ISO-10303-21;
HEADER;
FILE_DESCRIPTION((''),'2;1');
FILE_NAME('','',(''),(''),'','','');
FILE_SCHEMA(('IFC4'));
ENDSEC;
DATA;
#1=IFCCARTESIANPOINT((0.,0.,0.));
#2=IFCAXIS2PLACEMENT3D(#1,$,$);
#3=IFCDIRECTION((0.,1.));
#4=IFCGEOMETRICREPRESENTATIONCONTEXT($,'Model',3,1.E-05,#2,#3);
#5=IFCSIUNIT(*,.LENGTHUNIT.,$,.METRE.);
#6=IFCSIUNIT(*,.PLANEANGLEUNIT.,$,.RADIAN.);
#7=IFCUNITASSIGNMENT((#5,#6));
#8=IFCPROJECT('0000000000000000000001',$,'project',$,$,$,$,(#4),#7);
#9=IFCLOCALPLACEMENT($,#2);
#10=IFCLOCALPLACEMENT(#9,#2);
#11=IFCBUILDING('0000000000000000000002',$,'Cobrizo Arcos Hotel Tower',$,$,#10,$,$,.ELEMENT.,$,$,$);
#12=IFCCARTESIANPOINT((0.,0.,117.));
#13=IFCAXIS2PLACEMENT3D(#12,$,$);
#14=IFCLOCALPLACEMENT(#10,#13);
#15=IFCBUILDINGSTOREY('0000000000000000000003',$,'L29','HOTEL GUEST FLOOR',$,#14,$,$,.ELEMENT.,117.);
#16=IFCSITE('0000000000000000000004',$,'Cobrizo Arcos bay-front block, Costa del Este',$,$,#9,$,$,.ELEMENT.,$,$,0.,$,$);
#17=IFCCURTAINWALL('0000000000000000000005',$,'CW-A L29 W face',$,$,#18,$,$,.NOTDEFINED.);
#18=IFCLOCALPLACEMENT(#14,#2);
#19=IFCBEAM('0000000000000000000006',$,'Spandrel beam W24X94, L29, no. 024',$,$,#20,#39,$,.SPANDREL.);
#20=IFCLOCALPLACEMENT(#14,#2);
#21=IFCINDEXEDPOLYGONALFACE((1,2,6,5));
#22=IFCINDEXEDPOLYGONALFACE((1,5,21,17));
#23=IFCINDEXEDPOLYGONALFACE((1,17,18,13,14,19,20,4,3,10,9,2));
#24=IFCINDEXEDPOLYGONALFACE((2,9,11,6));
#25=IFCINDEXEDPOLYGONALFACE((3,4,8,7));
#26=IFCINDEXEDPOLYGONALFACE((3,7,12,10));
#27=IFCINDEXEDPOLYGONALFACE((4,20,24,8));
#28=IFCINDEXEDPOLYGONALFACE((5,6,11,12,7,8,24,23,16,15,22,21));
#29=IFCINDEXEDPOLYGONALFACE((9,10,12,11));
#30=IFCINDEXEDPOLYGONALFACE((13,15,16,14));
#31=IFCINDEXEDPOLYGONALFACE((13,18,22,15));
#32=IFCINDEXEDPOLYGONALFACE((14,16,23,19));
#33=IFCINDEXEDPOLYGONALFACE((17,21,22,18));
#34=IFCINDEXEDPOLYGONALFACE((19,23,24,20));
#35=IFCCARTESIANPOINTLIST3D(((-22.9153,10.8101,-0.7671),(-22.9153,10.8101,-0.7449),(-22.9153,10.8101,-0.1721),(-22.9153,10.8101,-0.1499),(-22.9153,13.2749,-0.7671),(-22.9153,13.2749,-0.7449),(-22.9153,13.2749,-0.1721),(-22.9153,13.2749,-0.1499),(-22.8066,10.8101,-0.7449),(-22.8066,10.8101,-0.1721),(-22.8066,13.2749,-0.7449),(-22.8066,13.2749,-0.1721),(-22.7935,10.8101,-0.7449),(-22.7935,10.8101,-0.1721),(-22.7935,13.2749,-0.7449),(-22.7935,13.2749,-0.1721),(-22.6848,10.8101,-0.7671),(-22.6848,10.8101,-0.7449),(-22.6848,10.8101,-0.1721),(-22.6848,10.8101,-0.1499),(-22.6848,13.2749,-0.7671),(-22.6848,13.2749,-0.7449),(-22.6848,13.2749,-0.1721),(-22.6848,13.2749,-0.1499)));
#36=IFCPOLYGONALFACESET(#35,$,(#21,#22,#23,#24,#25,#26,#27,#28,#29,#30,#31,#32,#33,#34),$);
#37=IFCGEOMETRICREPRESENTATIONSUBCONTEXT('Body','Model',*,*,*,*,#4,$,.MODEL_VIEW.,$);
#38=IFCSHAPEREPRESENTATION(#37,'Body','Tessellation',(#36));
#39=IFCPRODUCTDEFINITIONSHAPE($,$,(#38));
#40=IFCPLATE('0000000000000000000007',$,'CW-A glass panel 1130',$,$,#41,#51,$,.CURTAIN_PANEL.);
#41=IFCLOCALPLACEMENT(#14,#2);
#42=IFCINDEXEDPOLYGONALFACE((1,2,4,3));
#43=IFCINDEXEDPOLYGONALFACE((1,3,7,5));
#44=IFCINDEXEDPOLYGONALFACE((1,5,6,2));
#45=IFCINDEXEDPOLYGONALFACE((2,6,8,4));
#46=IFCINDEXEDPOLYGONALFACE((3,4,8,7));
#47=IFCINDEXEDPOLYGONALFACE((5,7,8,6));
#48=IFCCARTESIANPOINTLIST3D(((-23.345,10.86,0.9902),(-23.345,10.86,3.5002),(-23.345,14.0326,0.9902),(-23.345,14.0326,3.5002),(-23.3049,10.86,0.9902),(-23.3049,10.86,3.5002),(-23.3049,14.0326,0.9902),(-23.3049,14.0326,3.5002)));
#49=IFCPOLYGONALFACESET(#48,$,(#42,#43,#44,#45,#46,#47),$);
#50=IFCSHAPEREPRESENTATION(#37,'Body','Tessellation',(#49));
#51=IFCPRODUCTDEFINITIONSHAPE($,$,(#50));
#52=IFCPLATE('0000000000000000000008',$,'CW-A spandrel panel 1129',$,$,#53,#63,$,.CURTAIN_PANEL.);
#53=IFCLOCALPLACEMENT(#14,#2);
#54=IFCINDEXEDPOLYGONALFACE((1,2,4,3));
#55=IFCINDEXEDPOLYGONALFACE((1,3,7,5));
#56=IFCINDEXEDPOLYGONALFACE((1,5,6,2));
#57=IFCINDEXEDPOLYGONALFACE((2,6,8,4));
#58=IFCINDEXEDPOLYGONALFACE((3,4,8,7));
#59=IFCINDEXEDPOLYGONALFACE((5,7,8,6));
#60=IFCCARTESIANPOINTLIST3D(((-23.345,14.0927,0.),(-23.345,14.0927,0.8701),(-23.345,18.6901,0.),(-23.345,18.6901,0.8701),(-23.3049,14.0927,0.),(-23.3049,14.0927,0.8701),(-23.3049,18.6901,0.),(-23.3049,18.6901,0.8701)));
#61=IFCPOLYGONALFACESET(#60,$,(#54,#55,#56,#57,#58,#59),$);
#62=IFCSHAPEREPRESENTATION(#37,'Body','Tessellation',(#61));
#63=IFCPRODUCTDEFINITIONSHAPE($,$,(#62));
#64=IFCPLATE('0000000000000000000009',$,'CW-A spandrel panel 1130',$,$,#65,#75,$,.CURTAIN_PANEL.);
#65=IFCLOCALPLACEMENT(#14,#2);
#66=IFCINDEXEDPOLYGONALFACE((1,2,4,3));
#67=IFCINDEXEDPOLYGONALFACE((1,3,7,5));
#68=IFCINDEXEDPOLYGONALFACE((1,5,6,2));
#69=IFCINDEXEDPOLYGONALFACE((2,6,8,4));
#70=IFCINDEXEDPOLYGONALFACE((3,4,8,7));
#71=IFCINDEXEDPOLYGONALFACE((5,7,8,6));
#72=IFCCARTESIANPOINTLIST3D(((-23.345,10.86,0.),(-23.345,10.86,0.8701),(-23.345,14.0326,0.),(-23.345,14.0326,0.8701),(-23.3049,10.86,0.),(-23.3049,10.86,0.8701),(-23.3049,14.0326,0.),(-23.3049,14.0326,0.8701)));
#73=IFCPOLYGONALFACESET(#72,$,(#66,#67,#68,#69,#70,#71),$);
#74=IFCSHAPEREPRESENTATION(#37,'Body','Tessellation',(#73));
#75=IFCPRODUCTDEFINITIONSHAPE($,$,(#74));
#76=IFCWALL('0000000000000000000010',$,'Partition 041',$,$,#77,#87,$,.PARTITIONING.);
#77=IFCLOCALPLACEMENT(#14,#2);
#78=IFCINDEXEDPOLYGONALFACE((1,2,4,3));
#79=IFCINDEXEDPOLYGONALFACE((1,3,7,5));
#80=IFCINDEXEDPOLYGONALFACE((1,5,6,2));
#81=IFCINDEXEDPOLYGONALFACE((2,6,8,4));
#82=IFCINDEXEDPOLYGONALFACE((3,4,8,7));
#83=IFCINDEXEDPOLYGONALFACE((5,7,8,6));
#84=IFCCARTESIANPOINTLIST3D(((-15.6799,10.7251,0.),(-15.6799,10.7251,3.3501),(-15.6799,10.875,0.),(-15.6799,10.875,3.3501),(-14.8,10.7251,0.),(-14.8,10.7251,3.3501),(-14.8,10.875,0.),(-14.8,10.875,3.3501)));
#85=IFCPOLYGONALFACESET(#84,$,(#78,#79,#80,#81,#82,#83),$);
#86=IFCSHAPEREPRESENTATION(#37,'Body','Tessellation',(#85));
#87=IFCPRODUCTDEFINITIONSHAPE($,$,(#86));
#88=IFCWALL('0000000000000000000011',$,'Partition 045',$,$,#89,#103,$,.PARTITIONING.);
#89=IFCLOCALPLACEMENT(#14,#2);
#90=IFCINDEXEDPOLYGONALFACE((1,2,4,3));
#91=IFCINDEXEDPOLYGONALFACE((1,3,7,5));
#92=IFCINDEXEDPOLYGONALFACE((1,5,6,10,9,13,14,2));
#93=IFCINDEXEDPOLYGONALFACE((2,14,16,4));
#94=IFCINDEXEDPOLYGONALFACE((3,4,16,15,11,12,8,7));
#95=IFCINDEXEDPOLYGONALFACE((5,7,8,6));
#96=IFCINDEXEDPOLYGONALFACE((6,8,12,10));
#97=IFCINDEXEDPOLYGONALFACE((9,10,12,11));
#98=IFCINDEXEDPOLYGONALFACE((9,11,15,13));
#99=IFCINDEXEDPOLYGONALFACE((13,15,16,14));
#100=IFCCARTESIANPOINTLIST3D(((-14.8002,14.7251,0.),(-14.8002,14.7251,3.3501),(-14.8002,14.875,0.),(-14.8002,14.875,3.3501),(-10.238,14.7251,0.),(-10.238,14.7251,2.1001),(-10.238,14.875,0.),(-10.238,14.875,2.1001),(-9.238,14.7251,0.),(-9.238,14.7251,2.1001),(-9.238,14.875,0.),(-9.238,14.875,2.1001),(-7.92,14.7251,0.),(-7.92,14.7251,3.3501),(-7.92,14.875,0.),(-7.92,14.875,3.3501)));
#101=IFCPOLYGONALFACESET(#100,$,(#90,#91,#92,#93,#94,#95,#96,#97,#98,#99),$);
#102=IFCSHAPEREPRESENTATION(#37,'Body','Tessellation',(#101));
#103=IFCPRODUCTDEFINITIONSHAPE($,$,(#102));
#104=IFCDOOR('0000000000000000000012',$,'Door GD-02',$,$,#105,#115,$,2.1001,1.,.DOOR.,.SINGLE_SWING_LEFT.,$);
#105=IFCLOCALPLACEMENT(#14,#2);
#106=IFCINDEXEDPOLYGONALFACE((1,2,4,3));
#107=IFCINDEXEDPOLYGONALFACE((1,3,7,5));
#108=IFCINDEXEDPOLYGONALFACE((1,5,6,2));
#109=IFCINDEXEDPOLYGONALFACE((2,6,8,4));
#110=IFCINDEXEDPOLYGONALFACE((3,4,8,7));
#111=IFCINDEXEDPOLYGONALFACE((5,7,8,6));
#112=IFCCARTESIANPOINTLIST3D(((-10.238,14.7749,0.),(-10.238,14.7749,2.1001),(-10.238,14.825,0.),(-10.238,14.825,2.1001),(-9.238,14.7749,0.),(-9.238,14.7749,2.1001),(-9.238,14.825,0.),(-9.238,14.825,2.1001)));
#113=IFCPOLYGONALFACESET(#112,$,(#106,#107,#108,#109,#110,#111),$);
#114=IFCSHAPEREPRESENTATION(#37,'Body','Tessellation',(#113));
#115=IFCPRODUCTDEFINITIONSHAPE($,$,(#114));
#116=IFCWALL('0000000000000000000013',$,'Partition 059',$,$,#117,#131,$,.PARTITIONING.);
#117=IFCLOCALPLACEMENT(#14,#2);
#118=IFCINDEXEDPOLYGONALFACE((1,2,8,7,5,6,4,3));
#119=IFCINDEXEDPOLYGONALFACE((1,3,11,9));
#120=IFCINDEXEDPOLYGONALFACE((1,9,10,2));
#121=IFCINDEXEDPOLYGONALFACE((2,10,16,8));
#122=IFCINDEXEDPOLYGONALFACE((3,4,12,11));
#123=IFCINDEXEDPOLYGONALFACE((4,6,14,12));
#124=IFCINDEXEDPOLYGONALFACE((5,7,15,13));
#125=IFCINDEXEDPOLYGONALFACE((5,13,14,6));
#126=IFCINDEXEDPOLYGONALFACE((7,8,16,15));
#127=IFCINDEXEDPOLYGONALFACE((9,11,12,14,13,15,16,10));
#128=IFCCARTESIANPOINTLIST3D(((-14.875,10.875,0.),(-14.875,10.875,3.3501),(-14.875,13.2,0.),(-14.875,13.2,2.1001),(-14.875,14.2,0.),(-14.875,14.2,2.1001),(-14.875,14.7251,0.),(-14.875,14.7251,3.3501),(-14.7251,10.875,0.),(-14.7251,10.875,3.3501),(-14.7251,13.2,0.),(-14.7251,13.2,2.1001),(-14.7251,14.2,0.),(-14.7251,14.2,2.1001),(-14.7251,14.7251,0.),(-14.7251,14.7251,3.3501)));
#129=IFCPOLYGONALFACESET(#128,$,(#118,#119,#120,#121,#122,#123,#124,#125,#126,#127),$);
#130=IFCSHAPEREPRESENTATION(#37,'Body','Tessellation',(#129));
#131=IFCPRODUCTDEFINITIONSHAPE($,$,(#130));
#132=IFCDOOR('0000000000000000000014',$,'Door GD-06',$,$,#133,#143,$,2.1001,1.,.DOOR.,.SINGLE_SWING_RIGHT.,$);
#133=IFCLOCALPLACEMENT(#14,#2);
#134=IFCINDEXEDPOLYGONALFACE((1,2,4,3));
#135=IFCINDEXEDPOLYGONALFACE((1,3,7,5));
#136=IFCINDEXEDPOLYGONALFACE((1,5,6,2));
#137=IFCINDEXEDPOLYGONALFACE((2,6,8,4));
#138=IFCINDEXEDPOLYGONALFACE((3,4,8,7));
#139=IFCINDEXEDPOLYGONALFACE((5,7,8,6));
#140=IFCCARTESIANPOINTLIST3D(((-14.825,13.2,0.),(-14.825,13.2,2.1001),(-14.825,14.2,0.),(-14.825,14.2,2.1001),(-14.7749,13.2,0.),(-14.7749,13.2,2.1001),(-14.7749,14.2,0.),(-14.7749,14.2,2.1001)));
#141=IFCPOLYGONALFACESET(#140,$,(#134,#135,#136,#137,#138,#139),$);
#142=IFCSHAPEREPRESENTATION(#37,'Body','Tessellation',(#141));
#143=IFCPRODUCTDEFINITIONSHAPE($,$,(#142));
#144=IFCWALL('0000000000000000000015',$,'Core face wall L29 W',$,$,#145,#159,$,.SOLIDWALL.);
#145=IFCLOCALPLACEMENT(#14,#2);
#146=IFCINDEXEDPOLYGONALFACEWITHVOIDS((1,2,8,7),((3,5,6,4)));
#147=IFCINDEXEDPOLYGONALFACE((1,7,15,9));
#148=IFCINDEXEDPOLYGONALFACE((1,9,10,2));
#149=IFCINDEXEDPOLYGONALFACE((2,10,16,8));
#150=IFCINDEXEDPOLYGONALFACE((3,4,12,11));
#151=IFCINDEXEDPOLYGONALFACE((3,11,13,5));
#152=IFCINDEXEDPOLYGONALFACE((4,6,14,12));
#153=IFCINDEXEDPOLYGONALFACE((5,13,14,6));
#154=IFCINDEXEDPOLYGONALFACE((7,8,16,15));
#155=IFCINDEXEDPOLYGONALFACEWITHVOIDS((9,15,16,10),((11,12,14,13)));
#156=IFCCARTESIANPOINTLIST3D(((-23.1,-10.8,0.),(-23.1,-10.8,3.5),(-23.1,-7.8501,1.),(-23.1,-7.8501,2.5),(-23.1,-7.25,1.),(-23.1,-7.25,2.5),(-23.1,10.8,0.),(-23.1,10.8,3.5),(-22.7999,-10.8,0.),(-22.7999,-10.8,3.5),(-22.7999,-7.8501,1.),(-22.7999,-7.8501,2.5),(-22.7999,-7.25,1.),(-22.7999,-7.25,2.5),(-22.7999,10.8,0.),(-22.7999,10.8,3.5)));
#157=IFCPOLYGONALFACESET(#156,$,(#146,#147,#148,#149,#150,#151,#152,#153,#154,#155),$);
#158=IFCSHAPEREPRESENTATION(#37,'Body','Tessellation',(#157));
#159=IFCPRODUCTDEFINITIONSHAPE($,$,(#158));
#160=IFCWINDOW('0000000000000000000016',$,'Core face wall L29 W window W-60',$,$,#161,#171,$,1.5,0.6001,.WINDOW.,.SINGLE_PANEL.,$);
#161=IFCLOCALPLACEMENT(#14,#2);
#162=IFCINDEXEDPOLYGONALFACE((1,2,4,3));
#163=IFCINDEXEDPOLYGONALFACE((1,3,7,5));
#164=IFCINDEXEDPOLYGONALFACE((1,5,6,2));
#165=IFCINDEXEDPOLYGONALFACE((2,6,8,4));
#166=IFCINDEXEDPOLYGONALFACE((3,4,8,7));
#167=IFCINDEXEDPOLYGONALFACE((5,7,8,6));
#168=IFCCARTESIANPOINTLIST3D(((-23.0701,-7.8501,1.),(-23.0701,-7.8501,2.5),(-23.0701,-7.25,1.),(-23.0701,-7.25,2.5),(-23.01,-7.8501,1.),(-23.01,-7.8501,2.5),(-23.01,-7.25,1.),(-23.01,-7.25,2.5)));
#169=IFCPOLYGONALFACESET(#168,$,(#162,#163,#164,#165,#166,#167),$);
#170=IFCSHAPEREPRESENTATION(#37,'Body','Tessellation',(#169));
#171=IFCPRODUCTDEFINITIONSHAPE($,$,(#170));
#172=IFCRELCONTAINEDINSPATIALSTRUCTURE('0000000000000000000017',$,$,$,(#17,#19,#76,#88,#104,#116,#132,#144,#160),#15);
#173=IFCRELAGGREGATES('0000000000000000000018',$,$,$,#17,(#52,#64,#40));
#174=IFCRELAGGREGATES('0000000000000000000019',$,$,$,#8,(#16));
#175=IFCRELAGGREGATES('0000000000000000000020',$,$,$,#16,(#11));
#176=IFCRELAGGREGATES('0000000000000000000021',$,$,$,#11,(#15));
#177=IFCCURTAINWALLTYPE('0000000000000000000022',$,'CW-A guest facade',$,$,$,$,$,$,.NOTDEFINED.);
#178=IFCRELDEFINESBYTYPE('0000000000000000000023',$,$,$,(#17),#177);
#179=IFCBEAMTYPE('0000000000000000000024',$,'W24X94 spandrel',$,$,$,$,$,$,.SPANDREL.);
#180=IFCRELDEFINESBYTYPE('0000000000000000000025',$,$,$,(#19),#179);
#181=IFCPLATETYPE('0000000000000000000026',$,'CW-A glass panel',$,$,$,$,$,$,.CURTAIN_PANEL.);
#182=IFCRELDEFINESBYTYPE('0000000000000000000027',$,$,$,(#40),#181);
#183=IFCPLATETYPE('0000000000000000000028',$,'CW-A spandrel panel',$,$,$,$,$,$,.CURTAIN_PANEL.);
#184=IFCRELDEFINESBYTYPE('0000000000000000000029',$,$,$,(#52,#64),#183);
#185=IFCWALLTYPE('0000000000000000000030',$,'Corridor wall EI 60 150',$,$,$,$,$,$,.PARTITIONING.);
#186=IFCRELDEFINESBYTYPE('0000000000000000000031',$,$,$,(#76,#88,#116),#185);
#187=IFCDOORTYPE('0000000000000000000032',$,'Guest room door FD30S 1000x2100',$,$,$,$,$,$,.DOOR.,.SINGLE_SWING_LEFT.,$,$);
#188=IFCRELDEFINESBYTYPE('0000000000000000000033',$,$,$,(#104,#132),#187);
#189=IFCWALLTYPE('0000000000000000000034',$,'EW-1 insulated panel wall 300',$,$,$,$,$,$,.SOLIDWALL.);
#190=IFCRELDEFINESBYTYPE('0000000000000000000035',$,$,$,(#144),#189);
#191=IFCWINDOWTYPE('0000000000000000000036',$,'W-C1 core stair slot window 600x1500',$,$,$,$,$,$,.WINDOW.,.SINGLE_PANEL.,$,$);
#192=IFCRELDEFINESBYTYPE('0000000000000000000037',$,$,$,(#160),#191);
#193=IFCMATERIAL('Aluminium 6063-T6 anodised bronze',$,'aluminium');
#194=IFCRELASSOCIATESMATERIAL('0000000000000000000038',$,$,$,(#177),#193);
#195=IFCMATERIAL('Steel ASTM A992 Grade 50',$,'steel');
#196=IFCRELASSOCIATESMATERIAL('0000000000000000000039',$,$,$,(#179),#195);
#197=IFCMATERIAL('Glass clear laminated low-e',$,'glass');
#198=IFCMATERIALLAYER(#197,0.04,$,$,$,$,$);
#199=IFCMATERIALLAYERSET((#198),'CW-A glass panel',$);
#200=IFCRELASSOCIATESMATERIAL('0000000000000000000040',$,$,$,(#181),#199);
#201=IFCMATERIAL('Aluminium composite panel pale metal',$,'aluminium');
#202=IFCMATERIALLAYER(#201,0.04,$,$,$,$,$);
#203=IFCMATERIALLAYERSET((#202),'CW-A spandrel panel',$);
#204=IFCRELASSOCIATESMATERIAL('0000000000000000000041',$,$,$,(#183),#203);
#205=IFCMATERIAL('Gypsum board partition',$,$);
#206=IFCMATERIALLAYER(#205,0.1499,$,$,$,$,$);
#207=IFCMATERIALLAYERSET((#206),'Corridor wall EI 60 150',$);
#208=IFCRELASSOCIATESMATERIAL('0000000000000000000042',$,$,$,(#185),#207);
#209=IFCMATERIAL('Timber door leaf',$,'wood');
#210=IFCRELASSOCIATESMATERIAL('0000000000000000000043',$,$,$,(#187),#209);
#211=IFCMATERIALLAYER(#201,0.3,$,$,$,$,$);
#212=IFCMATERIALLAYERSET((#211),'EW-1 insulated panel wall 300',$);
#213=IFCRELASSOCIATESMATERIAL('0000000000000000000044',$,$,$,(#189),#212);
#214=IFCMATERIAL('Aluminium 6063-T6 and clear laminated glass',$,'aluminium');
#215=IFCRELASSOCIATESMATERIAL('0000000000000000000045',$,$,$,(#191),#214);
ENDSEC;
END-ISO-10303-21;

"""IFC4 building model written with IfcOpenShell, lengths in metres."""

from ifc_helpers import new_model, si_unit, direction, frame, frame_2d, origin, origin_2d, place, context, subcontext, project, spatial, rectangle, i_section, extrude, material, layer, layer_set, material_profile, profile_set, type_object, element, fill, aggregate, save


model = new_model("IFC4")

# Units and contexts
model_context = context("Model", 3, precision=1e-05, world=origin(), true_north=direction((0.0, 1.0)))
body_context = subcontext(model_context, "Body", "Model", "MODEL_VIEW")
ifc_project = project(units=[si_unit("LENGTHUNIT", "METRE"), si_unit("PLANEANGLEUNIT", "RADIAN")], contexts=[model_context])

# Site, building, storey
site_placement = place(None, origin())
site = spatial("IfcSite", under=ifc_project, at=site_placement, Name="Cobrizo Arcos bay-front block, Costa del Este", CompositionType="ELEMENT", RefElevation=0.0)
building_placement = place(site_placement, origin())
building = spatial("IfcBuilding", under=site, at=building_placement, Name="Cobrizo Arcos Hotel Tower", CompositionType="ELEMENT")
storey_placement = place(building_placement, frame((0.0, 0.0, 117.0)))
storey = spatial("IfcBuildingStorey", under=building, at=storey_placement, Name="L29", Description="HOTEL GUEST FLOOR", CompositionType="ELEMENT", Elevation=117.0)

# Curtain wall
ifc_material_1 = material(Name="Aluminium 6063-T6 anodised bronze", Category="aluminium")
curtain_wall_type = type_object("IfcCurtainWallType", Name="CW-A guest facade", PredefinedType="NOTDEFINED", material=ifc_material_1)
curtain_wall_placement = place(storey_placement, origin())
curtain_wall = element("IfcCurtainWall", 1, at=curtain_wall_placement, inside=storey, type_object=curtain_wall_type, Name="CW-A L29 W face", PredefinedType="NOTDEFINED")

# Beam
ifc_material_2 = material(Name="Steel ASTM A992 Grade 50", Category="steel")
ifc_material_profile_1 = material_profile(ifc_material_2, i_section(OverallWidth=0.2305, OverallDepth=0.6172, WebThickness=0.0132, FlangeThickness=0.0222, at=origin_2d()), Name="W24X94")
ifc_profile_set_1 = profile_set([ifc_material_profile_1], Name="Steel ASTM A992 Grade 50")
beam_type_1 = type_object("IfcBeamType", Name="W24X94 spandrel", PredefinedType="SPANDREL", material=ifc_profile_set_1)
beam_1_placement = place(storey_placement, frame((-22.8, 13.2749, -0.4585), z_axis=(0.0, -1.0, 0.0), x_axis=(1.0, 0.0, 0.0)))
element("IfcBeam", 2, at=beam_1_placement, inside=storey, type_object=beam_type_1, Name="Spandrel beam W24X94, L29, no. 024", PredefinedType="SPANDREL", context=body_context, shape_type="SweptSolid", body=[
    extrude(i_section(OverallWidth=0.2305, OverallDepth=0.6172, WebThickness=0.0132, FlangeThickness=0.0222, at=origin_2d()), origin(), (0.0, 0.0, 1.0), 2.4648),
])

# Plates
ifc_material_3 = material(Name="Glass clear laminated low-e", Category="glass")
ifc_layer_1 = layer(ifc_material_3, 0.04)
ifc_layer_set_1 = layer_set([ifc_layer_1], Name="CW-A glass panel")
plate_type_1 = type_object("IfcPlateType", Name="CW-A glass panel", PredefinedType="CURTAIN_PANEL", material=ifc_layer_set_1)
plate_1_placement = place(storey_placement, frame((-23.325, 12.4463, 0.9902), z_axis=(0.0, 0.0, 1.0), x_axis=(0.0, -1.0, 0.0)))
plate_1 = element("IfcPlate", 3, at=plate_1_placement, type_object=plate_type_1, Name="CW-A glass panel 1130", PredefinedType="CURTAIN_PANEL", context=body_context, shape_type="SweptSolid", body=[
    extrude(rectangle(XDim=3.1726, YDim=0.04, at=origin_2d()), origin(), (0.0, 0.0, 1.0), 2.51),
])
ifc_material_4 = material(Name="Aluminium composite panel pale metal", Category="aluminium")
ifc_layer_2 = layer(ifc_material_4, 0.04)
ifc_layer_set_2 = layer_set([ifc_layer_2], Name="CW-A spandrel panel")
plate_type_2 = type_object("IfcPlateType", Name="CW-A spandrel panel", PredefinedType="CURTAIN_PANEL", material=ifc_layer_set_2)
plate_2_placement = place(storey_placement, frame((-23.325, 16.3914, 0.0), z_axis=(0.0, 0.0, 1.0), x_axis=(0.0, -1.0, 0.0)))
plate_2 = element("IfcPlate", 4, at=plate_2_placement, type_object=plate_type_2, Name="CW-A spandrel panel 1129", PredefinedType="CURTAIN_PANEL", context=body_context, shape_type="SweptSolid", body=[
    extrude(rectangle(XDim=4.5974, YDim=0.04, at=origin_2d()), origin(), (0.0, 0.0, 1.0), 0.8701),
])
plate_3_placement = place(storey_placement, frame((-23.325, 12.4463, 0.0), z_axis=(0.0, 0.0, 1.0), x_axis=(0.0, -1.0, 0.0)))
plate_3 = element("IfcPlate", 5, at=plate_3_placement, type_object=plate_type_2, Name="CW-A spandrel panel 1130", PredefinedType="CURTAIN_PANEL", context=body_context, shape_type="SweptSolid", body=[
    extrude(rectangle(XDim=3.1726, YDim=0.04, at=origin_2d()), origin(), (0.0, 0.0, 1.0), 0.8701),
])
aggregate(curtain_wall, [plate_2, plate_3, plate_1])

# Wall
ifc_material_5 = material(Name="Gypsum board partition")
ifc_layer_3 = layer(ifc_material_5, 0.1499)
ifc_layer_set_3 = layer_set([ifc_layer_3], Name="Corridor wall EI 60 150")
wall_type_1 = type_object("IfcWallType", Name="Corridor wall EI 60 150", PredefinedType="PARTITIONING", material=ifc_layer_set_3)
wall_1_placement = place(storey_placement, frame((-15.6799, 10.8, 0.0), z_axis=(0.0, 0.0, 1.0), x_axis=(1.0, 0.0, 0.0)))
element("IfcWall", 6, at=wall_1_placement, inside=storey, type_object=wall_type_1, Name="Partition 041", PredefinedType="PARTITIONING", context=body_context, shape_type="SweptSolid", body=[
    extrude(rectangle(XDim=0.8799, YDim=0.1499, at=frame_2d((0.4399, 0.0))), origin(), (0.0, 0.0, 1.0), 3.3501),
])

# Walls, openings, doors
wall_2_placement = place(storey_placement, frame((-14.8, 14.8, 0.0), z_axis=(0.0, 0.0, 1.0), x_axis=(1.0, 0.0, 0.0)))
wall_2 = element("IfcWall", 7, at=wall_2_placement, inside=storey, type_object=wall_type_1, Name="Partition 045", PredefinedType="PARTITIONING", context=body_context, shape_type="SweptSolid", body=[
    extrude(rectangle(XDim=6.8801, YDim=0.1499, at=frame_2d((3.4399, 0.0))), origin(), (0.0, 0.0, 1.0), 3.3501),
])
opening_1_placement = place(wall_2_placement, frame((4.562, 0.0, 0.0)))
opening_1 = element("IfcOpeningElement", 8, at=opening_1_placement, cuts=wall_2, PredefinedType="OPENING", context=body_context, shape_type="SweptSolid", body=[
    extrude(rectangle(XDim=1.0, YDim=2.1001, at=frame_2d((0.5, 1.05))), frame((0.0, 0.0869, 0.0), z_axis=(0.0, -1.0, 0.0), x_axis=(1.0, 0.0, 0.0)), (0.0, 0.0, 1.0), 0.1738),
])
ifc_material_6 = material(Name="Timber door leaf", Category="wood")
door_type_1 = type_object("IfcDoorType", Name="Guest room door FD30S 1000x2100", OperationType="SINGLE_SWING_LEFT", PredefinedType="DOOR", material=ifc_material_6)
door_1_placement = place(opening_1_placement, origin())
door_1 = element("IfcDoor", 9, at=door_1_placement, inside=storey, type_object=door_type_1, Name="Door GD-02", OperationType="SINGLE_SWING_LEFT", OverallHeight=2.1001, OverallWidth=1.0, PredefinedType="DOOR", context=body_context, shape_type="SweptSolid", body=[
    extrude(rectangle(XDim=1.0, YDim=2.1001, at=frame_2d((0.5, 1.05))), frame((0.0, 0.0249, 0.0), z_axis=(0.0, -1.0, 0.0), x_axis=(1.0, 0.0, 0.0)), (0.0, 0.0, 1.0), 0.05),
])
fill(opening_1, door_1)
wall_3_placement = place(storey_placement, frame((-14.8, 10.875, 0.0), z_axis=(0.0, 0.0, 1.0), x_axis=(0.0, 1.0, 0.0)))
wall_3 = element("IfcWall", 10, at=wall_3_placement, inside=storey, type_object=wall_type_1, Name="Partition 059", PredefinedType="PARTITIONING", context=body_context, shape_type="SweptSolid", body=[
    extrude(rectangle(XDim=3.8501, YDim=0.1499, at=frame_2d((1.925, 0.0))), origin(), (0.0, 0.0, 1.0), 3.3501),
])
opening_2_placement = place(wall_3_placement, frame((2.325, 0.0, 0.0)))
opening_2 = element("IfcOpeningElement", 11, at=opening_2_placement, cuts=wall_3, PredefinedType="OPENING", context=body_context, shape_type="SweptSolid", body=[
    extrude(rectangle(XDim=1.0, YDim=2.1001, at=frame_2d((0.5, 1.05))), frame((0.0, 0.0869, 0.0), z_axis=(0.0, -1.0, 0.0), x_axis=(1.0, 0.0, 0.0)), (0.0, 0.0, 1.0), 0.1738),
])
door_2_placement = place(opening_2_placement, origin())
door_2 = element("IfcDoor", 12, at=door_2_placement, inside=storey, type_object=door_type_1, Name="Door GD-06", OperationType="SINGLE_SWING_RIGHT", OverallHeight=2.1001, OverallWidth=1.0, PredefinedType="DOOR", context=body_context, shape_type="SweptSolid", body=[
    extrude(rectangle(XDim=1.0, YDim=2.1001, at=frame_2d((0.5, 1.05))), frame((0.0, 0.0249, 0.0), z_axis=(0.0, -1.0, 0.0), x_axis=(1.0, 0.0, 0.0)), (0.0, 0.0, 1.0), 0.05),
])
fill(opening_2, door_2)

# Wall, opening, window
ifc_layer_4 = layer(ifc_material_4, 0.3)
ifc_layer_set_4 = layer_set([ifc_layer_4], Name="EW-1 insulated panel wall 300")
wall_type_2 = type_object("IfcWallType", Name="EW-1 insulated panel wall 300", PredefinedType="SOLIDWALL", material=ifc_layer_set_4)
wall_4_placement = place(storey_placement, frame((-22.95, 10.8, 0.0), z_axis=(0.0, 0.0, 1.0), x_axis=(0.0, -1.0, 0.0)))
wall_4 = element("IfcWall", 13, at=wall_4_placement, inside=storey, type_object=wall_type_2, Name="Core face wall L29 W", PredefinedType="SOLIDWALL", context=body_context, shape_type="SweptSolid", body=[
    extrude(rectangle(XDim=21.6001, YDim=0.3, at=frame_2d((10.8, 0.0))), origin(), (0.0, 0.0, 1.0), 3.5),
])
opening_3_placement = place(wall_4_placement, frame((18.05, 0.0, 1.0)))
opening_3 = element("IfcOpeningElement", 14, at=opening_3_placement, cuts=wall_4, PredefinedType="OPENING", context=body_context, shape_type="SweptSolid", body=[
    extrude(rectangle(XDim=0.6001, YDim=1.5, at=frame_2d((0.3, 0.75))), frame((0.0, 0.1621, 0.0), z_axis=(0.0, -1.0, 0.0), x_axis=(1.0, 0.0, 0.0)), (0.0, 0.0, 1.0), 0.324),
])
ifc_material_7 = material(Name="Aluminium 6063-T6 and clear laminated glass", Category="aluminium")
window_type = type_object("IfcWindowType", Name="W-C1 core stair slot window 600x1500", PartitioningType="SINGLE_PANEL", PredefinedType="WINDOW", material=ifc_material_7)
window_placement = place(opening_3_placement, origin())
window = element("IfcWindow", 15, at=window_placement, inside=storey, type_object=window_type, Name="Core face wall L29 W window W-60", OverallHeight=1.5, OverallWidth=0.6001, PartitioningType="SINGLE_PANEL", PredefinedType="WINDOW", context=body_context, shape_type="SweptSolid", body=[
    extrude(rectangle(XDim=0.6001, YDim=1.5, at=frame_2d((0.3, 0.75))), frame((0.0, -0.0601, 0.0), z_axis=(0.0, -1.0, 0.0), x_axis=(1.0, 0.0, 0.0)), (0.0, 0.0, 1.0), 0.0601),
])
fill(opening_3, window)

save(model, "model.ifc")
